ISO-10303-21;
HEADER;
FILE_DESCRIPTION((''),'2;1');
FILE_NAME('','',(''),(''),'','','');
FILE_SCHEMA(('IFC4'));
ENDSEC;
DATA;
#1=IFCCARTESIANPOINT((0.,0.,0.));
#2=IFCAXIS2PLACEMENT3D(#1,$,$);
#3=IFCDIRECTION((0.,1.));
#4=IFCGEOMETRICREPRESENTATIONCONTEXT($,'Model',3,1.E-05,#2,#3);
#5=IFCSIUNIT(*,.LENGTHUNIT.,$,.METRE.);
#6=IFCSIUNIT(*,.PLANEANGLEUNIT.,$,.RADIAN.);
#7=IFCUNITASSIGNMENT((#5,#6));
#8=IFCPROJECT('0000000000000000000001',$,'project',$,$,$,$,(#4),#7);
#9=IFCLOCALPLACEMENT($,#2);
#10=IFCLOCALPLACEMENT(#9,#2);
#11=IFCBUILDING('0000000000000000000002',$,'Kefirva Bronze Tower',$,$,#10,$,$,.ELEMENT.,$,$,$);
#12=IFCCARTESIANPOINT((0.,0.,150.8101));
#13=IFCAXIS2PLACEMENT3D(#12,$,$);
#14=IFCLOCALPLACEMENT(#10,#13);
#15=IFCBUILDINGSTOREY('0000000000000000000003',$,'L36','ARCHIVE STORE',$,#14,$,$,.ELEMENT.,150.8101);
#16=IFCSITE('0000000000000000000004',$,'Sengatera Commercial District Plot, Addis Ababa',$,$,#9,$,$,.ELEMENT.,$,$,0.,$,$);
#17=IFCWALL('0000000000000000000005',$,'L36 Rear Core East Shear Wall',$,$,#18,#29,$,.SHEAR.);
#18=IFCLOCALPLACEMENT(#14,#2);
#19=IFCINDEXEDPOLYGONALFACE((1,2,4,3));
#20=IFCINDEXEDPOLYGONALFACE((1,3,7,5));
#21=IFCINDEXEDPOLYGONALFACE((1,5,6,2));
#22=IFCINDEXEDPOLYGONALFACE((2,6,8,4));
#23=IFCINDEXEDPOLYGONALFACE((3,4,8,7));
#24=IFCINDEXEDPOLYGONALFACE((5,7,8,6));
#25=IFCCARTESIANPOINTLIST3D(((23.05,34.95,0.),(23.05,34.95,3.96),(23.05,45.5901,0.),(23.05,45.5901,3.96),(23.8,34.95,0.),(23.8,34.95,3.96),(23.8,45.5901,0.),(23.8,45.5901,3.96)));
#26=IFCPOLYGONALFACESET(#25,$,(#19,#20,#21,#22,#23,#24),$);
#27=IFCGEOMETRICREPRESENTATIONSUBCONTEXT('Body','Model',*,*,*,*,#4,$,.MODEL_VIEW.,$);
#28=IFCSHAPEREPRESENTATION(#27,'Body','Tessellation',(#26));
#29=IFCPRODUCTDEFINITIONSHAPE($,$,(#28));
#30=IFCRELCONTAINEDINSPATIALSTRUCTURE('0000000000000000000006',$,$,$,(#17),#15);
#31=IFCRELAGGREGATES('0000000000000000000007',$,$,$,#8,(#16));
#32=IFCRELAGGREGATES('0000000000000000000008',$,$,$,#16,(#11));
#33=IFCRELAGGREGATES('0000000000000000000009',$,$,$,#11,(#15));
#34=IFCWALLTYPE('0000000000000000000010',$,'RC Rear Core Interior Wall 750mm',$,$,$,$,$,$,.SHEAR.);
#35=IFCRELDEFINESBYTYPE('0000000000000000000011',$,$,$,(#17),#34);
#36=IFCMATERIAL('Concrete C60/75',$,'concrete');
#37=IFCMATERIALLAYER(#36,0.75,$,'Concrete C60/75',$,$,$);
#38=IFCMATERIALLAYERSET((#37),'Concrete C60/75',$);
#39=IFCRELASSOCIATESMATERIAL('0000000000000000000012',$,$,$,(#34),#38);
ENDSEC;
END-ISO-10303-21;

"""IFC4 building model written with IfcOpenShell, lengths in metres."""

from ifc_helpers import new_model, si_unit, direction, frame, frame_2d, origin, place, context, subcontext, project, spatial, rectangle, extrude, material, layer, layer_set, type_object, element, save


model = new_model("IFC4")

# Units and contexts
model_context = context("Model", 3, precision=1e-05, world=origin(), true_north=direction((0.0, 1.0)))
body_context = subcontext(model_context, "Body", "Model", "MODEL_VIEW")
ifc_project = project(units=[si_unit("LENGTHUNIT", "METRE"), si_unit("PLANEANGLEUNIT", "RADIAN")], contexts=[model_context])

# Site, building, storey
site_placement = place(None, origin())
site = spatial("IfcSite", under=ifc_project, at=site_placement, Name="Sengatera Commercial District Plot, Addis Ababa", CompositionType="ELEMENT", RefElevation=0.0)
building_placement = place(site_placement, origin())
building = spatial("IfcBuilding", under=site, at=building_placement, Name="Kefirva Bronze Tower", CompositionType="ELEMENT")
storey_placement = place(building_placement, frame((0.0, 0.0, 150.8101)))
storey = spatial("IfcBuildingStorey", under=building, at=storey_placement, Name="L36", Description="ARCHIVE STORE", CompositionType="ELEMENT", Elevation=150.8101)

# Shared definitions
ifc_material_1 = material(Name="Concrete C60/75", Category="concrete")

# Wall
ifc_layer_1 = layer(ifc_material_1, 0.75, Name="Concrete C60/75")
ifc_layer_set_1 = layer_set([ifc_layer_1], Name="Concrete C60/75")
wall_type_1 = type_object("IfcWallType", Name="RC Rear Core Interior Wall 750mm", PredefinedType="SHEAR", material=ifc_layer_set_1)
wall_1_placement = place(storey_placement, frame((23.425, 34.95, 0.0), z_axis=(0.0, 0.0, 1.0), x_axis=(0.0, 1.0, 0.0)))
element("IfcWall", 1, at=wall_1_placement, inside=storey, type_object=wall_type_1, Name="L36 Rear Core East Shear Wall", PredefinedType="SHEAR", context=body_context, shape_type="SweptSolid", body=[
    extrude(rectangle(XDim=10.6401, YDim=0.75, at=frame_2d((5.3201, 0.0))), origin(), (0.0, 0.0, 1.0), 3.96),
])

save(model, "model.ifc")
